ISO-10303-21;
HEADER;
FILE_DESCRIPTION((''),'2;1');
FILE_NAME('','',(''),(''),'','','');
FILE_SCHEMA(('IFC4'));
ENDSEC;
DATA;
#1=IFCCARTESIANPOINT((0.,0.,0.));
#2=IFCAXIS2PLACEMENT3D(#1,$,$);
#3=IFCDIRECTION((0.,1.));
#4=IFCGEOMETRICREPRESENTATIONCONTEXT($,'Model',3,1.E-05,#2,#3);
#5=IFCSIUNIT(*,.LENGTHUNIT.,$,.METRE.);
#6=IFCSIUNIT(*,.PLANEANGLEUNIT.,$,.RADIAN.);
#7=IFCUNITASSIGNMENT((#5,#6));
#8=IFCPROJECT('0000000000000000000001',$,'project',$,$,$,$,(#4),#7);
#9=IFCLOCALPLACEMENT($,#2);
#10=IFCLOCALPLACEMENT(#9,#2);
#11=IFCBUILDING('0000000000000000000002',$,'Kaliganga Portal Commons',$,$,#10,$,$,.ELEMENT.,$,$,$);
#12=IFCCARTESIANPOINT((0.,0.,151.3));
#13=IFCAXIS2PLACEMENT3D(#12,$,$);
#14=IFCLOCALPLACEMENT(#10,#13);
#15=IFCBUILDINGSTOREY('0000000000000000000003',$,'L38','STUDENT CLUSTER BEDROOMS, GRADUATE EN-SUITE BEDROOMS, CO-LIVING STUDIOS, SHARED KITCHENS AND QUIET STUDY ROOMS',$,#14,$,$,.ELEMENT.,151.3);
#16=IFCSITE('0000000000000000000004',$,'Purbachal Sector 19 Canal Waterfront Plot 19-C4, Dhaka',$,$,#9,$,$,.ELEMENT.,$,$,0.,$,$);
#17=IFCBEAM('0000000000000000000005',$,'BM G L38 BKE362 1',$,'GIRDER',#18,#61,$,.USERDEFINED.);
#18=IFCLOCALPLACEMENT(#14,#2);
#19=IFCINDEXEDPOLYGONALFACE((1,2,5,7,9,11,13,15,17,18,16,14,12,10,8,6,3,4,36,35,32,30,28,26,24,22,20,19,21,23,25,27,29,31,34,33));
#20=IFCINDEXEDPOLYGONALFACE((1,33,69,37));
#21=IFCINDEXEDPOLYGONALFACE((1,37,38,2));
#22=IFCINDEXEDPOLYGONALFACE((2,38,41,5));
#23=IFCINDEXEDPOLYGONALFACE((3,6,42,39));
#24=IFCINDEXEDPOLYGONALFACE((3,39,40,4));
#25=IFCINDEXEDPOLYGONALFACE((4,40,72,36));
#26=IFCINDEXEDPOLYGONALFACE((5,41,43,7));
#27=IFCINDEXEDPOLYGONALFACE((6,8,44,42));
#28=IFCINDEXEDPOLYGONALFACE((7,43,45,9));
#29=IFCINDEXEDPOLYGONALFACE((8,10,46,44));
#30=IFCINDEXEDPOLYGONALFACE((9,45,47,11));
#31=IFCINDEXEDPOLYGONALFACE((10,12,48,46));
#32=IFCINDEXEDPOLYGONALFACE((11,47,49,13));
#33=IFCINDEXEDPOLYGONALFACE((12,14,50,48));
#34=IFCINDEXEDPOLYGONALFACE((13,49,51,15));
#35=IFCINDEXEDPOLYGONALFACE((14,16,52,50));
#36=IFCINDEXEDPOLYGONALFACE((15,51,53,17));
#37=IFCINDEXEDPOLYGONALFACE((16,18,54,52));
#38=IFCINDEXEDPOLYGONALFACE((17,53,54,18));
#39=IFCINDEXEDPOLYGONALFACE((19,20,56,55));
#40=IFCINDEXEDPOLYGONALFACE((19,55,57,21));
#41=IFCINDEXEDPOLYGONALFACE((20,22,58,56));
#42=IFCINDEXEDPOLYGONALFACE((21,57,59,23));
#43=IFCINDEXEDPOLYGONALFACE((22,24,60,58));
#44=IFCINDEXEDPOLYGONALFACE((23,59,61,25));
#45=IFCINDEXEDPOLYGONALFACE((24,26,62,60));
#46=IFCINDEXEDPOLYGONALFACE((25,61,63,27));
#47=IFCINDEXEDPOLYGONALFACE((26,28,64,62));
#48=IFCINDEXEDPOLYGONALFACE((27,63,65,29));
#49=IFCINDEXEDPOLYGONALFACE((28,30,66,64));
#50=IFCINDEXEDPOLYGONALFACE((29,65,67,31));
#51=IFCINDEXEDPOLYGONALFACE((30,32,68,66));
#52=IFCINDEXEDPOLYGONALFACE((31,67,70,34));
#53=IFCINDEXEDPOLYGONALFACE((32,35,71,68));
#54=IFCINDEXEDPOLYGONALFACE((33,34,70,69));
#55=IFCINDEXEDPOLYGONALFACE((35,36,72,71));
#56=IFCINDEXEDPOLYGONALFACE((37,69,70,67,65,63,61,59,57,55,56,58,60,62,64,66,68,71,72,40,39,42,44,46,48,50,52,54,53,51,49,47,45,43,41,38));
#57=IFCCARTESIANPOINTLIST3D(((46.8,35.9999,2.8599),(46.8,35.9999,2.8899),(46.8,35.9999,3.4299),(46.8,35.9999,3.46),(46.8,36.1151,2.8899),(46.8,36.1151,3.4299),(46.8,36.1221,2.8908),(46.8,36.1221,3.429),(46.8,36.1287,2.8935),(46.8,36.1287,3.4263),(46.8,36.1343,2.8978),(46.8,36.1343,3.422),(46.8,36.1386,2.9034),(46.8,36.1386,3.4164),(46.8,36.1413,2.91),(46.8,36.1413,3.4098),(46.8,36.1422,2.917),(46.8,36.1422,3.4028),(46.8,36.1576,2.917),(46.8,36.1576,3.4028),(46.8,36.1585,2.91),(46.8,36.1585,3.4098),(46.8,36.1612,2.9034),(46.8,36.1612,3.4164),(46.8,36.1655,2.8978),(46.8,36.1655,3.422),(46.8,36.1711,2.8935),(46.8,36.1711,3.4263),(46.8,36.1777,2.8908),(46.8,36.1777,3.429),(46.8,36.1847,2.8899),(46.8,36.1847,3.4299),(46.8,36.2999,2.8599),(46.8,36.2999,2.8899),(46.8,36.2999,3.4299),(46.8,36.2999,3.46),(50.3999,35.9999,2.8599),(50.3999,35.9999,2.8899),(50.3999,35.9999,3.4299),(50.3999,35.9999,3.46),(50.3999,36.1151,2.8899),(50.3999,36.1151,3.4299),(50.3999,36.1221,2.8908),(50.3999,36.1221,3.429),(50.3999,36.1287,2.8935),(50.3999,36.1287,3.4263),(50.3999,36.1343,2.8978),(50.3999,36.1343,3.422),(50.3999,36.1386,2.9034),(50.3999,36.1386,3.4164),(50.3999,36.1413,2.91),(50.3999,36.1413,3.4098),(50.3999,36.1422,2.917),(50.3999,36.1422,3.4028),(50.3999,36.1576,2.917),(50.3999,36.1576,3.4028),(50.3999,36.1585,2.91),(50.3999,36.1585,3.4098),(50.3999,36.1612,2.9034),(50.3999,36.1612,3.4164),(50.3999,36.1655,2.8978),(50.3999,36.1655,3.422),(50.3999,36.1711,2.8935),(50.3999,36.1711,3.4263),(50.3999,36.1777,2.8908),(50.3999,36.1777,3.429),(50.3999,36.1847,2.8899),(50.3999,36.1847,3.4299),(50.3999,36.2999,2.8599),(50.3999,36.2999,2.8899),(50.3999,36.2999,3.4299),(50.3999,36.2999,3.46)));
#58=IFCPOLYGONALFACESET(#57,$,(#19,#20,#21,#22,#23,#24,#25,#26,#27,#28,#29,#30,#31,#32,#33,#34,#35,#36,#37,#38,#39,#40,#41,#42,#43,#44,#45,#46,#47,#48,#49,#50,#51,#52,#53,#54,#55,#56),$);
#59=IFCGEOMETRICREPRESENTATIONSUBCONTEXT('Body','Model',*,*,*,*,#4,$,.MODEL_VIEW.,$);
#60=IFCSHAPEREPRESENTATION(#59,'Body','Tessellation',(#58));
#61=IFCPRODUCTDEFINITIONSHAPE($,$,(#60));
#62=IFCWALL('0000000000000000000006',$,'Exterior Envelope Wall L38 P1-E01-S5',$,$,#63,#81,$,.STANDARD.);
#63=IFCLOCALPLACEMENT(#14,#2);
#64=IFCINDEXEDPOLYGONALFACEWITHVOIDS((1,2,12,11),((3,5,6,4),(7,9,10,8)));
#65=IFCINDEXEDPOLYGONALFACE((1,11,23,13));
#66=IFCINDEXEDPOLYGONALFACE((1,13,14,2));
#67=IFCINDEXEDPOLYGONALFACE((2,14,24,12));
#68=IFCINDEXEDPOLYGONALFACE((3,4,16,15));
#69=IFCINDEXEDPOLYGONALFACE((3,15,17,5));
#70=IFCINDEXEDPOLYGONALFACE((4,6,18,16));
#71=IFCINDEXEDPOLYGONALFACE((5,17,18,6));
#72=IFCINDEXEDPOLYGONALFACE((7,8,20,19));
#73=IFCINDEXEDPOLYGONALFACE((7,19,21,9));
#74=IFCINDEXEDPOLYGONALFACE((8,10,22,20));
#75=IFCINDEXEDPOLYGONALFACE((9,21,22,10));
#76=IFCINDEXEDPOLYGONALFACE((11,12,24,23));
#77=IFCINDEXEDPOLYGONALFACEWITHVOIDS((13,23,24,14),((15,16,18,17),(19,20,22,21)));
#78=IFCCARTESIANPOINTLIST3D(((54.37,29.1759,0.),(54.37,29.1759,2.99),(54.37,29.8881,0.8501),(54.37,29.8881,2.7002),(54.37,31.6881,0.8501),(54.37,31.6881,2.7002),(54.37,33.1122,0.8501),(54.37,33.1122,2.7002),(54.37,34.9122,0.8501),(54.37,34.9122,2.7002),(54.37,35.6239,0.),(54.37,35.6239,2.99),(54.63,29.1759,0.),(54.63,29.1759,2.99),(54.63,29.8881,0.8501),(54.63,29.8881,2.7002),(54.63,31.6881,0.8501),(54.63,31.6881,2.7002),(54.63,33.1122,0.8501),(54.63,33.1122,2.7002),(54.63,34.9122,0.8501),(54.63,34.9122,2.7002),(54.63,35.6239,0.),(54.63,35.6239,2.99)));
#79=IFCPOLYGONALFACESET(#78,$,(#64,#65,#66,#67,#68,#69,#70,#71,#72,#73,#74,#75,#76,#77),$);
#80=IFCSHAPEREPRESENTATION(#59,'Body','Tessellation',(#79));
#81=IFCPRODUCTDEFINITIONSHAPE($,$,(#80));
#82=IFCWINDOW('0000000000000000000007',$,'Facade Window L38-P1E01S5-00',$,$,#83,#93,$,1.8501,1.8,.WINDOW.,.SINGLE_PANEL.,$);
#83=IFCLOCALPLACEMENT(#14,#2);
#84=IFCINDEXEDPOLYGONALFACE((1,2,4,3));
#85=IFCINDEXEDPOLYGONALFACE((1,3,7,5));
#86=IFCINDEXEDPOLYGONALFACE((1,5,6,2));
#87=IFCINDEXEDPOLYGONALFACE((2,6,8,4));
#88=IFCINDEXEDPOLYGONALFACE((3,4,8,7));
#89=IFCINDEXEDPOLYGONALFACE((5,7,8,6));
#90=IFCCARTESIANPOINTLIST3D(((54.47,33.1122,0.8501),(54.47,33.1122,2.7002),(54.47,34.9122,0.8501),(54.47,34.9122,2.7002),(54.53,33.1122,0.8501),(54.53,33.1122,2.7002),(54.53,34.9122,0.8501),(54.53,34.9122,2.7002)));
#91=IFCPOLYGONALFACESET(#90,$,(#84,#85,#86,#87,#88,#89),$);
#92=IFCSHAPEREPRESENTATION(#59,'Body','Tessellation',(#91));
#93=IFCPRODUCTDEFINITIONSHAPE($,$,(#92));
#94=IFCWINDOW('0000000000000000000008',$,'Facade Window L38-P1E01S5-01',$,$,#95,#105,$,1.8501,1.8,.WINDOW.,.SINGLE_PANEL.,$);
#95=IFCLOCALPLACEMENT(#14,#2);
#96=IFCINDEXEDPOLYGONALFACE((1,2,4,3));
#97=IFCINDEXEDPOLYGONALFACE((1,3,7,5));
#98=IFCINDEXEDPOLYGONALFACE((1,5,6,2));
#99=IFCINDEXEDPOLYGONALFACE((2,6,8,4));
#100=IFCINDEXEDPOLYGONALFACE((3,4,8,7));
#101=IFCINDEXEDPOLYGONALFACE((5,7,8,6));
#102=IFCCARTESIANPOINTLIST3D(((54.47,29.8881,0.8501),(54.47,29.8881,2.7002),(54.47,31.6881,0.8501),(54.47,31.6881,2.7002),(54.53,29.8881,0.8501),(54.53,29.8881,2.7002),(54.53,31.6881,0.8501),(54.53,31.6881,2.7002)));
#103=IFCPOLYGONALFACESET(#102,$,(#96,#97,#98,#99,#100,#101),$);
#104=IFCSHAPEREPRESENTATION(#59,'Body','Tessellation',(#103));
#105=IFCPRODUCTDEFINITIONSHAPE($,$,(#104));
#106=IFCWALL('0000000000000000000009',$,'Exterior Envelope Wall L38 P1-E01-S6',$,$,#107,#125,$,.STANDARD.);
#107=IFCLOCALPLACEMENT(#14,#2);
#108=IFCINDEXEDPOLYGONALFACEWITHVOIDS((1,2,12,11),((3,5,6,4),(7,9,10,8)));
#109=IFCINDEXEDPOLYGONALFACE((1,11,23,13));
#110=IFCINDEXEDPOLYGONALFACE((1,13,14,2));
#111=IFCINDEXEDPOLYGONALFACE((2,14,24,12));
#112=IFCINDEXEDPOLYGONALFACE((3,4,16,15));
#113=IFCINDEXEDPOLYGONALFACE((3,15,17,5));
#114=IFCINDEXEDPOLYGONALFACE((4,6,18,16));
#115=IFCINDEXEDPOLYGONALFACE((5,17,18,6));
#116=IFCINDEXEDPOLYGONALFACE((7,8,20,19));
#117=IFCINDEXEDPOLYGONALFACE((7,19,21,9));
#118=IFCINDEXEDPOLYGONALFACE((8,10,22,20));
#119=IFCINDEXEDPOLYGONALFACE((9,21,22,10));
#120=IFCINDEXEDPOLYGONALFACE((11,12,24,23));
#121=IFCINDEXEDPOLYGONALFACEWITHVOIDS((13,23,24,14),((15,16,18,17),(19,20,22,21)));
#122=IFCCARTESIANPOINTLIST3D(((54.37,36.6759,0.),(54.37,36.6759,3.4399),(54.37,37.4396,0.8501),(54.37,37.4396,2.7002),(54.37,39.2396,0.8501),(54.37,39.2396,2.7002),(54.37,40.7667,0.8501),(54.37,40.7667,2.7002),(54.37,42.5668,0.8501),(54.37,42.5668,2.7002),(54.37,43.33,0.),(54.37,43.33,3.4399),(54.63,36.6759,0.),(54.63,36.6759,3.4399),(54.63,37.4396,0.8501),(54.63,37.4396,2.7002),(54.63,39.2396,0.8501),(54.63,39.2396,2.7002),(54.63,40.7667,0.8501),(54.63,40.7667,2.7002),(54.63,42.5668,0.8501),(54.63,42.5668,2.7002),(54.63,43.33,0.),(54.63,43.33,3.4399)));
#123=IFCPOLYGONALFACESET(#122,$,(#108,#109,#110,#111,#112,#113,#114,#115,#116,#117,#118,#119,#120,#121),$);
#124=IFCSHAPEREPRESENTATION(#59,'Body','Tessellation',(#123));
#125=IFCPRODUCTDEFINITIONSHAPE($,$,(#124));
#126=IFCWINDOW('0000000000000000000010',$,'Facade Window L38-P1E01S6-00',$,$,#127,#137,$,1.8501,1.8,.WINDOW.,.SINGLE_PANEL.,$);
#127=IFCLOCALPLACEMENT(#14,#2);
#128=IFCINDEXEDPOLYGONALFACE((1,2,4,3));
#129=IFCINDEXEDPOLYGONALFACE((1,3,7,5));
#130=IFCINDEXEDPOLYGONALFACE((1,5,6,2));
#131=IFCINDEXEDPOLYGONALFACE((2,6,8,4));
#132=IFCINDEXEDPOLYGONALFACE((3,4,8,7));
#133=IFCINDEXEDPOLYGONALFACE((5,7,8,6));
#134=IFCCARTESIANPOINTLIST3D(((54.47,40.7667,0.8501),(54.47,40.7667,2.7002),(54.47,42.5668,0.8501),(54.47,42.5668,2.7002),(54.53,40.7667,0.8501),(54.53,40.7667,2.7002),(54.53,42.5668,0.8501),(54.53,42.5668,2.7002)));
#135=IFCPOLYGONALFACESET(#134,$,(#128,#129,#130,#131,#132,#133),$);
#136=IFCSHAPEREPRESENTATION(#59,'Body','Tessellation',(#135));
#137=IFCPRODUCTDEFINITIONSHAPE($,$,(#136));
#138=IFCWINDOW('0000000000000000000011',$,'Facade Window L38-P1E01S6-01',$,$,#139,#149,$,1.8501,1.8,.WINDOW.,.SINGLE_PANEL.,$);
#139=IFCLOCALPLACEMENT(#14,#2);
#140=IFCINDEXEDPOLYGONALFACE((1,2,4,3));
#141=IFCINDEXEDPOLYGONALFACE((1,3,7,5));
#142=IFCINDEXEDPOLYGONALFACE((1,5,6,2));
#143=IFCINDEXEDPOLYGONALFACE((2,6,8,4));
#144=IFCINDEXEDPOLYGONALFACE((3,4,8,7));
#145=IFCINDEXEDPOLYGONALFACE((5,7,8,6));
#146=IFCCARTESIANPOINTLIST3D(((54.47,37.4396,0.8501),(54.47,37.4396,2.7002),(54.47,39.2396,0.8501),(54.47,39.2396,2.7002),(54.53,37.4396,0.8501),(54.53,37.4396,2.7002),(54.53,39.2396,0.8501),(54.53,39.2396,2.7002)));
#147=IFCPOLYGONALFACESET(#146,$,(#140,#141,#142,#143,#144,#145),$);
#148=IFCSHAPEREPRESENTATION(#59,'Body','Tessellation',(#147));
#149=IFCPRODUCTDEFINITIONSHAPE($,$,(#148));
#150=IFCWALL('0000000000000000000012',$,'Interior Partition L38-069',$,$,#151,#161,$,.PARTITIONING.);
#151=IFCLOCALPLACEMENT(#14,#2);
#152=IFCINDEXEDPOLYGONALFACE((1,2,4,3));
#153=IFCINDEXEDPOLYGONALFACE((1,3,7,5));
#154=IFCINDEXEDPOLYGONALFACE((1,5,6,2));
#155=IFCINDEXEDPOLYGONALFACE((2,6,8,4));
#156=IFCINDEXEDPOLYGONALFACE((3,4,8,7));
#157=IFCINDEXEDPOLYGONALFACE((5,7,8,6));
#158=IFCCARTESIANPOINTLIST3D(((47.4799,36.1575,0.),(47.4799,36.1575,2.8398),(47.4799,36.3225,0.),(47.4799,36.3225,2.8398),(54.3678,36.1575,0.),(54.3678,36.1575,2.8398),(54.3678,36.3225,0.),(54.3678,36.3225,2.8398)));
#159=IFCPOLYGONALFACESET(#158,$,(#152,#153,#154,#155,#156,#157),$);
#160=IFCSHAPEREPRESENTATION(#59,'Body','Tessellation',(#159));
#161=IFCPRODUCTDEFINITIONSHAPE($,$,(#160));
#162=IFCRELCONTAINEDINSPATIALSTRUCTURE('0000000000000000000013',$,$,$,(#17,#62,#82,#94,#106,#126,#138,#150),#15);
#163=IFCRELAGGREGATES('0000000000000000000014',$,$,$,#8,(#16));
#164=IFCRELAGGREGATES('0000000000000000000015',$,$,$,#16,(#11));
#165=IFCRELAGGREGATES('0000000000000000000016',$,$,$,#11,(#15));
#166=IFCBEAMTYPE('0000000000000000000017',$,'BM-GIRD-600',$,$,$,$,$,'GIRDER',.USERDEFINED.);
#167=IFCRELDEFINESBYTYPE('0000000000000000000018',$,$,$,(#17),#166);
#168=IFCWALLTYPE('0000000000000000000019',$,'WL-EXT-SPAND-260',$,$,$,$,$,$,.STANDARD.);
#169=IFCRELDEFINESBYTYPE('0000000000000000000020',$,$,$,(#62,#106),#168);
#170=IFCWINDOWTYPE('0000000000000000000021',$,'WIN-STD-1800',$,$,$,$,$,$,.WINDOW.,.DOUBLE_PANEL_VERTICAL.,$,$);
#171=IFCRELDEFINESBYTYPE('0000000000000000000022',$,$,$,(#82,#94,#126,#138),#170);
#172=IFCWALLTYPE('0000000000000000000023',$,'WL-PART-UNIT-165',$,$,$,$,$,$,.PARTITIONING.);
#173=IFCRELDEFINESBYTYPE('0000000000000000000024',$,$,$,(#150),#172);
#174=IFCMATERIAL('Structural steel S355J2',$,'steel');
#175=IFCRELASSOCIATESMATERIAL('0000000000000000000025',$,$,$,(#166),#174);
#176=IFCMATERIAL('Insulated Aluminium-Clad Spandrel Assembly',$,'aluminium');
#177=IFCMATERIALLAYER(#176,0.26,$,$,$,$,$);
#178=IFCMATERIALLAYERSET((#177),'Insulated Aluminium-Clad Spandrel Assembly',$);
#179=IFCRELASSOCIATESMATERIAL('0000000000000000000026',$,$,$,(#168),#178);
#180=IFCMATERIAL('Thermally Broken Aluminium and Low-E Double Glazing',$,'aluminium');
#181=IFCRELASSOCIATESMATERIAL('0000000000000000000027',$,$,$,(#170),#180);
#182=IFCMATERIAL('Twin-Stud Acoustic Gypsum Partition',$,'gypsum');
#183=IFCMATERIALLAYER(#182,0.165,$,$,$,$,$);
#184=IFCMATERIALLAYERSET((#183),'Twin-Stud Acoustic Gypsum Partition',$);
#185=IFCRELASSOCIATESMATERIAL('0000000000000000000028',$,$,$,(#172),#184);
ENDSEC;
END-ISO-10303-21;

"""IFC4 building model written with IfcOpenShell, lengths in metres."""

from ifc_helpers import new_model, si_unit, direction, frame, frame_2d, origin, origin_2d, place, context, subcontext, project, spatial, rectangle, i_section, extrude, source, transform, mapped, material, layer, layer_set, material_profile, profile_set, type_object, element, fill, save


model = new_model("IFC4")

# Units and contexts
model_context = context("Model", 3, precision=1e-05, world=origin(), true_north=direction((0.0, 1.0)))
body_context = subcontext(model_context, "Body", "Model", "MODEL_VIEW")
ifc_project = project(units=[si_unit("LENGTHUNIT", "METRE"), si_unit("PLANEANGLEUNIT", "RADIAN")], contexts=[model_context])

# Site, building, storey
site_placement = place(None, origin())
site = spatial("IfcSite", under=ifc_project, at=site_placement, Name="Purbachal Sector 19 Canal Waterfront Plot 19-C4, Dhaka", CompositionType="ELEMENT", RefElevation=0.0)
building_placement = place(site_placement, origin())
building = spatial("IfcBuilding", under=site, at=building_placement, Name="Kaliganga Portal Commons", CompositionType="ELEMENT")
storey_placement = place(building_placement, frame((0.0, 0.0, 151.3)))
storey = spatial("IfcBuildingStorey", under=building, at=storey_placement, Name="L38", Description="STUDENT CLUSTER BEDROOMS, GRADUATE EN-SUITE BEDROOMS, CO-LIVING STUDIOS, SHARED KITCHENS AND QUIET STUDY ROOMS", CompositionType="ELEMENT", Elevation=151.3)

# Beam
ifc_material_1 = material(Name="Structural steel S355J2", Category="steel")
ifc_material_profile_1 = material_profile(ifc_material_1, i_section(OverallWidth=0.3, OverallDepth=0.6001, WebThickness=0.0154, FlangeThickness=0.03, FilletRadius=0.0271, at=origin_2d()), Name="HE 600 B")
ifc_profile_set_1 = profile_set([ifc_material_profile_1], Name="Structural steel S355J2 wide-flange")
beam_type_1 = type_object("IfcBeamType", Name="BM-GIRD-600", ElementType="GIRDER", PredefinedType="USERDEFINED", material=ifc_profile_set_1)
shared_shape_1 = source(origin(), body_context, "Body", "SweptSolid", [
    extrude(i_section(OverallWidth=0.3, OverallDepth=0.6001, WebThickness=0.0154, FlangeThickness=0.03, FilletRadius=0.0271, at=origin_2d()), origin(), (0.0, 0.0, 1.0), 3.5999),
])
for number, where, z_axis, x_axis, name in (
    (1, (46.8, 36.1499, 3.1599), (1.0, 0.0, 0.0), (0.0, 1.0, 0.0), "BM G L38 BKE362 1"),
):
    element("IfcBeam", number, at=place(storey_placement, frame(where, z_axis=z_axis, x_axis=x_axis)), inside=storey, type_object=beam_type_1, Name=name, ObjectType="GIRDER", PredefinedType="USERDEFINED", context=body_context, shape_type="MappedRepresentation", body=[
        mapped(shared_shape_1, transform((0.0, 0.0, 0.0), x_axis=(1.0, 0.0, 0.0), y_axis=(0.0, 1.0, 0.0), z_axis=(0.0, 0.0, 1.0), scale=1.0)),
    ])

# Walls, openings, windows
ifc_material_2 = material(Name="Insulated Aluminium-Clad Spandrel Assembly", Category="aluminium")
ifc_layer_1 = layer(ifc_material_2, 0.26)
ifc_layer_set_1 = layer_set([ifc_layer_1], Name="Insulated Aluminium-Clad Spandrel Assembly")
wall_type_1 = type_object("IfcWallType", Name="WL-EXT-SPAND-260", PredefinedType="STANDARD", material=ifc_layer_set_1)
wall_1_placement = place(storey_placement, frame((54.5, 35.624, 0.0), z_axis=(0.0, 0.0, 1.0), x_axis=(0.0, -1.0, 0.0)))
wall_1 = element("IfcWall", 2, at=wall_1_placement, inside=storey, type_object=wall_type_1, Name="Exterior Envelope Wall L38 P1-E01-S5", PredefinedType="STANDARD", context=body_context, shape_type="SweptSolid", body=[
    extrude(rectangle(XDim=6.448, YDim=0.26, at=frame_2d((3.2241, 0.0))), origin(), (0.0, 0.0, 1.0), 2.99),
])
opening_1_placement = place(wall_1_placement, frame((0.7119, 0.0, 0.8501)))
opening_1 = element("IfcOpeningElement", 3, at=opening_1_placement, cuts=wall_1, PredefinedType="OPENING", context=body_context, shape_type="SweptSolid", body=[
    extrude(rectangle(XDim=1.8, YDim=1.8501, at=frame_2d((0.8999, 0.925))), frame((0.0, 0.1401, 0.0), z_axis=(0.0, -1.0, 0.0), x_axis=(1.0, 0.0, 0.0)), (0.0, 0.0, 1.0), 0.28),
])
opening_2_placement = place(wall_1_placement, frame((3.936, 0.0, 0.8501)))
opening_2 = element("IfcOpeningElement", 4, at=opening_2_placement, cuts=wall_1, PredefinedType="OPENING", context=body_context, shape_type="SweptSolid", body=[
    extrude(rectangle(XDim=1.8, YDim=1.8501, at=frame_2d((0.8999, 0.925))), frame((0.0, 0.1401, 0.0), z_axis=(0.0, -1.0, 0.0), x_axis=(1.0, 0.0, 0.0)), (0.0, 0.0, 1.0), 0.28),
])
ifc_material_3 = material(Name="Thermally Broken Aluminium and Low-E Double Glazing", Category="aluminium")
window_type = type_object("IfcWindowType", Name="WIN-STD-1800", PartitioningType="DOUBLE_PANEL_VERTICAL", PredefinedType="WINDOW", material=ifc_material_3)
window_1_placement = place(opening_1_placement, origin())
window_1 = element("IfcWindow", 5, at=window_1_placement, inside=storey, type_object=window_type, Name="Facade Window L38-P1E01S5-00", OverallHeight=1.8501, OverallWidth=1.8, PartitioningType="SINGLE_PANEL", PredefinedType="WINDOW", context=body_context, shape_type="SweptSolid", body=[
    extrude(rectangle(XDim=1.8, YDim=1.8501, at=frame_2d((0.8999, 0.925))), frame((0.0, 0.03, 0.0), z_axis=(0.0, -1.0, 0.0), x_axis=(1.0, 0.0, 0.0)), (0.0, 0.0, 1.0), 0.0601),
])
fill(opening_1, window_1)
window_2_placement = place(opening_2_placement, origin())
window_2 = element("IfcWindow", 6, at=window_2_placement, inside=storey, type_object=window_type, Name="Facade Window L38-P1E01S5-01", OverallHeight=1.8501, OverallWidth=1.8, PartitioningType="SINGLE_PANEL", PredefinedType="WINDOW", context=body_context, shape_type="SweptSolid", body=[
    extrude(rectangle(XDim=1.8, YDim=1.8501, at=frame_2d((0.8999, 0.925))), frame((0.0, 0.03, 0.0), z_axis=(0.0, -1.0, 0.0), x_axis=(1.0, 0.0, 0.0)), (0.0, 0.0, 1.0), 0.0601),
])
fill(opening_2, window_2)
wall_2_placement = place(storey_placement, frame((54.5, 43.3301, 0.0), z_axis=(0.0, 0.0, 1.0), x_axis=(0.0, -1.0, 0.0)))
wall_2 = element("IfcWall", 7, at=wall_2_placement, inside=storey, type_object=wall_type_1, Name="Exterior Envelope Wall L38 P1-E01-S6", PredefinedType="STANDARD", context=body_context, shape_type="SweptSolid", body=[
    extrude(rectangle(XDim=6.6541, YDim=0.26, at=frame_2d((3.3271, 0.0))), origin(), (0.0, 0.0, 1.0), 3.4399),
])
opening_3_placement = place(wall_2_placement, frame((0.7634, 0.0, 0.8501)))
opening_3 = element("IfcOpeningElement", 8, at=opening_3_placement, cuts=wall_2, PredefinedType="OPENING", context=body_context, shape_type="SweptSolid", body=[
    extrude(rectangle(XDim=1.8, YDim=1.8501, at=frame_2d((0.8999, 0.925))), frame((0.0, 0.1401, 0.0), z_axis=(0.0, -1.0, 0.0), x_axis=(1.0, 0.0, 0.0)), (0.0, 0.0, 1.0), 0.28),
])
opening_4_placement = place(wall_2_placement, frame((4.0906, 0.0, 0.8501)))
opening_4 = element("IfcOpeningElement", 9, at=opening_4_placement, cuts=wall_2, PredefinedType="OPENING", context=body_context, shape_type="SweptSolid", body=[
    extrude(rectangle(XDim=1.8, YDim=1.8501, at=frame_2d((0.8999, 0.925))), frame((0.0, 0.1401, 0.0), z_axis=(0.0, -1.0, 0.0), x_axis=(1.0, 0.0, 0.0)), (0.0, 0.0, 1.0), 0.28),
])
window_3_placement = place(opening_3_placement, origin())
window_3 = element("IfcWindow", 10, at=window_3_placement, inside=storey, type_object=window_type, Name="Facade Window L38-P1E01S6-00", OverallHeight=1.8501, OverallWidth=1.8, PartitioningType="SINGLE_PANEL", PredefinedType="WINDOW", context=body_context, shape_type="SweptSolid", body=[
    extrude(rectangle(XDim=1.8, YDim=1.8501, at=frame_2d((0.8999, 0.925))), frame((0.0, 0.03, 0.0), z_axis=(0.0, -1.0, 0.0), x_axis=(1.0, 0.0, 0.0)), (0.0, 0.0, 1.0), 0.0601),
])
fill(opening_3, window_3)
window_4_placement = place(opening_4_placement, origin())
window_4 = element("IfcWindow", 11, at=window_4_placement, inside=storey, type_object=window_type, Name="Facade Window L38-P1E01S6-01", OverallHeight=1.8501, OverallWidth=1.8, PartitioningType="SINGLE_PANEL", PredefinedType="WINDOW", context=body_context, shape_type="SweptSolid", body=[
    extrude(rectangle(XDim=1.8, YDim=1.8501, at=frame_2d((0.8999, 0.925))), frame((0.0, 0.03, 0.0), z_axis=(0.0, -1.0, 0.0), x_axis=(1.0, 0.0, 0.0)), (0.0, 0.0, 1.0), 0.0601),
])
fill(opening_4, window_4)

# Wall
ifc_material_4 = material(Name="Twin-Stud Acoustic Gypsum Partition", Category="gypsum")
ifc_layer_2 = layer(ifc_material_4, 0.165)
ifc_layer_set_2 = layer_set([ifc_layer_2], Name="Twin-Stud Acoustic Gypsum Partition")
wall_type_2 = type_object("IfcWallType", Name="WL-PART-UNIT-165", PredefinedType="PARTITIONING", material=ifc_layer_set_2)
wall_3_placement = place(storey_placement, frame((47.48, 36.24, 0.0), z_axis=(0.0, 0.0, 1.0), x_axis=(1.0, 0.0, 0.0)))
element("IfcWall", 12, at=wall_3_placement, inside=storey, type_object=wall_type_2, Name="Interior Partition L38-069", PredefinedType="PARTITIONING", context=body_context, shape_type="SweptSolid", body=[
    extrude(rectangle(XDim=6.8879, YDim=0.165, at=frame_2d((3.4438, 0.0))), origin(), (0.0, 0.0, 1.0), 2.8398),
])

save(model, "model.ifc")
